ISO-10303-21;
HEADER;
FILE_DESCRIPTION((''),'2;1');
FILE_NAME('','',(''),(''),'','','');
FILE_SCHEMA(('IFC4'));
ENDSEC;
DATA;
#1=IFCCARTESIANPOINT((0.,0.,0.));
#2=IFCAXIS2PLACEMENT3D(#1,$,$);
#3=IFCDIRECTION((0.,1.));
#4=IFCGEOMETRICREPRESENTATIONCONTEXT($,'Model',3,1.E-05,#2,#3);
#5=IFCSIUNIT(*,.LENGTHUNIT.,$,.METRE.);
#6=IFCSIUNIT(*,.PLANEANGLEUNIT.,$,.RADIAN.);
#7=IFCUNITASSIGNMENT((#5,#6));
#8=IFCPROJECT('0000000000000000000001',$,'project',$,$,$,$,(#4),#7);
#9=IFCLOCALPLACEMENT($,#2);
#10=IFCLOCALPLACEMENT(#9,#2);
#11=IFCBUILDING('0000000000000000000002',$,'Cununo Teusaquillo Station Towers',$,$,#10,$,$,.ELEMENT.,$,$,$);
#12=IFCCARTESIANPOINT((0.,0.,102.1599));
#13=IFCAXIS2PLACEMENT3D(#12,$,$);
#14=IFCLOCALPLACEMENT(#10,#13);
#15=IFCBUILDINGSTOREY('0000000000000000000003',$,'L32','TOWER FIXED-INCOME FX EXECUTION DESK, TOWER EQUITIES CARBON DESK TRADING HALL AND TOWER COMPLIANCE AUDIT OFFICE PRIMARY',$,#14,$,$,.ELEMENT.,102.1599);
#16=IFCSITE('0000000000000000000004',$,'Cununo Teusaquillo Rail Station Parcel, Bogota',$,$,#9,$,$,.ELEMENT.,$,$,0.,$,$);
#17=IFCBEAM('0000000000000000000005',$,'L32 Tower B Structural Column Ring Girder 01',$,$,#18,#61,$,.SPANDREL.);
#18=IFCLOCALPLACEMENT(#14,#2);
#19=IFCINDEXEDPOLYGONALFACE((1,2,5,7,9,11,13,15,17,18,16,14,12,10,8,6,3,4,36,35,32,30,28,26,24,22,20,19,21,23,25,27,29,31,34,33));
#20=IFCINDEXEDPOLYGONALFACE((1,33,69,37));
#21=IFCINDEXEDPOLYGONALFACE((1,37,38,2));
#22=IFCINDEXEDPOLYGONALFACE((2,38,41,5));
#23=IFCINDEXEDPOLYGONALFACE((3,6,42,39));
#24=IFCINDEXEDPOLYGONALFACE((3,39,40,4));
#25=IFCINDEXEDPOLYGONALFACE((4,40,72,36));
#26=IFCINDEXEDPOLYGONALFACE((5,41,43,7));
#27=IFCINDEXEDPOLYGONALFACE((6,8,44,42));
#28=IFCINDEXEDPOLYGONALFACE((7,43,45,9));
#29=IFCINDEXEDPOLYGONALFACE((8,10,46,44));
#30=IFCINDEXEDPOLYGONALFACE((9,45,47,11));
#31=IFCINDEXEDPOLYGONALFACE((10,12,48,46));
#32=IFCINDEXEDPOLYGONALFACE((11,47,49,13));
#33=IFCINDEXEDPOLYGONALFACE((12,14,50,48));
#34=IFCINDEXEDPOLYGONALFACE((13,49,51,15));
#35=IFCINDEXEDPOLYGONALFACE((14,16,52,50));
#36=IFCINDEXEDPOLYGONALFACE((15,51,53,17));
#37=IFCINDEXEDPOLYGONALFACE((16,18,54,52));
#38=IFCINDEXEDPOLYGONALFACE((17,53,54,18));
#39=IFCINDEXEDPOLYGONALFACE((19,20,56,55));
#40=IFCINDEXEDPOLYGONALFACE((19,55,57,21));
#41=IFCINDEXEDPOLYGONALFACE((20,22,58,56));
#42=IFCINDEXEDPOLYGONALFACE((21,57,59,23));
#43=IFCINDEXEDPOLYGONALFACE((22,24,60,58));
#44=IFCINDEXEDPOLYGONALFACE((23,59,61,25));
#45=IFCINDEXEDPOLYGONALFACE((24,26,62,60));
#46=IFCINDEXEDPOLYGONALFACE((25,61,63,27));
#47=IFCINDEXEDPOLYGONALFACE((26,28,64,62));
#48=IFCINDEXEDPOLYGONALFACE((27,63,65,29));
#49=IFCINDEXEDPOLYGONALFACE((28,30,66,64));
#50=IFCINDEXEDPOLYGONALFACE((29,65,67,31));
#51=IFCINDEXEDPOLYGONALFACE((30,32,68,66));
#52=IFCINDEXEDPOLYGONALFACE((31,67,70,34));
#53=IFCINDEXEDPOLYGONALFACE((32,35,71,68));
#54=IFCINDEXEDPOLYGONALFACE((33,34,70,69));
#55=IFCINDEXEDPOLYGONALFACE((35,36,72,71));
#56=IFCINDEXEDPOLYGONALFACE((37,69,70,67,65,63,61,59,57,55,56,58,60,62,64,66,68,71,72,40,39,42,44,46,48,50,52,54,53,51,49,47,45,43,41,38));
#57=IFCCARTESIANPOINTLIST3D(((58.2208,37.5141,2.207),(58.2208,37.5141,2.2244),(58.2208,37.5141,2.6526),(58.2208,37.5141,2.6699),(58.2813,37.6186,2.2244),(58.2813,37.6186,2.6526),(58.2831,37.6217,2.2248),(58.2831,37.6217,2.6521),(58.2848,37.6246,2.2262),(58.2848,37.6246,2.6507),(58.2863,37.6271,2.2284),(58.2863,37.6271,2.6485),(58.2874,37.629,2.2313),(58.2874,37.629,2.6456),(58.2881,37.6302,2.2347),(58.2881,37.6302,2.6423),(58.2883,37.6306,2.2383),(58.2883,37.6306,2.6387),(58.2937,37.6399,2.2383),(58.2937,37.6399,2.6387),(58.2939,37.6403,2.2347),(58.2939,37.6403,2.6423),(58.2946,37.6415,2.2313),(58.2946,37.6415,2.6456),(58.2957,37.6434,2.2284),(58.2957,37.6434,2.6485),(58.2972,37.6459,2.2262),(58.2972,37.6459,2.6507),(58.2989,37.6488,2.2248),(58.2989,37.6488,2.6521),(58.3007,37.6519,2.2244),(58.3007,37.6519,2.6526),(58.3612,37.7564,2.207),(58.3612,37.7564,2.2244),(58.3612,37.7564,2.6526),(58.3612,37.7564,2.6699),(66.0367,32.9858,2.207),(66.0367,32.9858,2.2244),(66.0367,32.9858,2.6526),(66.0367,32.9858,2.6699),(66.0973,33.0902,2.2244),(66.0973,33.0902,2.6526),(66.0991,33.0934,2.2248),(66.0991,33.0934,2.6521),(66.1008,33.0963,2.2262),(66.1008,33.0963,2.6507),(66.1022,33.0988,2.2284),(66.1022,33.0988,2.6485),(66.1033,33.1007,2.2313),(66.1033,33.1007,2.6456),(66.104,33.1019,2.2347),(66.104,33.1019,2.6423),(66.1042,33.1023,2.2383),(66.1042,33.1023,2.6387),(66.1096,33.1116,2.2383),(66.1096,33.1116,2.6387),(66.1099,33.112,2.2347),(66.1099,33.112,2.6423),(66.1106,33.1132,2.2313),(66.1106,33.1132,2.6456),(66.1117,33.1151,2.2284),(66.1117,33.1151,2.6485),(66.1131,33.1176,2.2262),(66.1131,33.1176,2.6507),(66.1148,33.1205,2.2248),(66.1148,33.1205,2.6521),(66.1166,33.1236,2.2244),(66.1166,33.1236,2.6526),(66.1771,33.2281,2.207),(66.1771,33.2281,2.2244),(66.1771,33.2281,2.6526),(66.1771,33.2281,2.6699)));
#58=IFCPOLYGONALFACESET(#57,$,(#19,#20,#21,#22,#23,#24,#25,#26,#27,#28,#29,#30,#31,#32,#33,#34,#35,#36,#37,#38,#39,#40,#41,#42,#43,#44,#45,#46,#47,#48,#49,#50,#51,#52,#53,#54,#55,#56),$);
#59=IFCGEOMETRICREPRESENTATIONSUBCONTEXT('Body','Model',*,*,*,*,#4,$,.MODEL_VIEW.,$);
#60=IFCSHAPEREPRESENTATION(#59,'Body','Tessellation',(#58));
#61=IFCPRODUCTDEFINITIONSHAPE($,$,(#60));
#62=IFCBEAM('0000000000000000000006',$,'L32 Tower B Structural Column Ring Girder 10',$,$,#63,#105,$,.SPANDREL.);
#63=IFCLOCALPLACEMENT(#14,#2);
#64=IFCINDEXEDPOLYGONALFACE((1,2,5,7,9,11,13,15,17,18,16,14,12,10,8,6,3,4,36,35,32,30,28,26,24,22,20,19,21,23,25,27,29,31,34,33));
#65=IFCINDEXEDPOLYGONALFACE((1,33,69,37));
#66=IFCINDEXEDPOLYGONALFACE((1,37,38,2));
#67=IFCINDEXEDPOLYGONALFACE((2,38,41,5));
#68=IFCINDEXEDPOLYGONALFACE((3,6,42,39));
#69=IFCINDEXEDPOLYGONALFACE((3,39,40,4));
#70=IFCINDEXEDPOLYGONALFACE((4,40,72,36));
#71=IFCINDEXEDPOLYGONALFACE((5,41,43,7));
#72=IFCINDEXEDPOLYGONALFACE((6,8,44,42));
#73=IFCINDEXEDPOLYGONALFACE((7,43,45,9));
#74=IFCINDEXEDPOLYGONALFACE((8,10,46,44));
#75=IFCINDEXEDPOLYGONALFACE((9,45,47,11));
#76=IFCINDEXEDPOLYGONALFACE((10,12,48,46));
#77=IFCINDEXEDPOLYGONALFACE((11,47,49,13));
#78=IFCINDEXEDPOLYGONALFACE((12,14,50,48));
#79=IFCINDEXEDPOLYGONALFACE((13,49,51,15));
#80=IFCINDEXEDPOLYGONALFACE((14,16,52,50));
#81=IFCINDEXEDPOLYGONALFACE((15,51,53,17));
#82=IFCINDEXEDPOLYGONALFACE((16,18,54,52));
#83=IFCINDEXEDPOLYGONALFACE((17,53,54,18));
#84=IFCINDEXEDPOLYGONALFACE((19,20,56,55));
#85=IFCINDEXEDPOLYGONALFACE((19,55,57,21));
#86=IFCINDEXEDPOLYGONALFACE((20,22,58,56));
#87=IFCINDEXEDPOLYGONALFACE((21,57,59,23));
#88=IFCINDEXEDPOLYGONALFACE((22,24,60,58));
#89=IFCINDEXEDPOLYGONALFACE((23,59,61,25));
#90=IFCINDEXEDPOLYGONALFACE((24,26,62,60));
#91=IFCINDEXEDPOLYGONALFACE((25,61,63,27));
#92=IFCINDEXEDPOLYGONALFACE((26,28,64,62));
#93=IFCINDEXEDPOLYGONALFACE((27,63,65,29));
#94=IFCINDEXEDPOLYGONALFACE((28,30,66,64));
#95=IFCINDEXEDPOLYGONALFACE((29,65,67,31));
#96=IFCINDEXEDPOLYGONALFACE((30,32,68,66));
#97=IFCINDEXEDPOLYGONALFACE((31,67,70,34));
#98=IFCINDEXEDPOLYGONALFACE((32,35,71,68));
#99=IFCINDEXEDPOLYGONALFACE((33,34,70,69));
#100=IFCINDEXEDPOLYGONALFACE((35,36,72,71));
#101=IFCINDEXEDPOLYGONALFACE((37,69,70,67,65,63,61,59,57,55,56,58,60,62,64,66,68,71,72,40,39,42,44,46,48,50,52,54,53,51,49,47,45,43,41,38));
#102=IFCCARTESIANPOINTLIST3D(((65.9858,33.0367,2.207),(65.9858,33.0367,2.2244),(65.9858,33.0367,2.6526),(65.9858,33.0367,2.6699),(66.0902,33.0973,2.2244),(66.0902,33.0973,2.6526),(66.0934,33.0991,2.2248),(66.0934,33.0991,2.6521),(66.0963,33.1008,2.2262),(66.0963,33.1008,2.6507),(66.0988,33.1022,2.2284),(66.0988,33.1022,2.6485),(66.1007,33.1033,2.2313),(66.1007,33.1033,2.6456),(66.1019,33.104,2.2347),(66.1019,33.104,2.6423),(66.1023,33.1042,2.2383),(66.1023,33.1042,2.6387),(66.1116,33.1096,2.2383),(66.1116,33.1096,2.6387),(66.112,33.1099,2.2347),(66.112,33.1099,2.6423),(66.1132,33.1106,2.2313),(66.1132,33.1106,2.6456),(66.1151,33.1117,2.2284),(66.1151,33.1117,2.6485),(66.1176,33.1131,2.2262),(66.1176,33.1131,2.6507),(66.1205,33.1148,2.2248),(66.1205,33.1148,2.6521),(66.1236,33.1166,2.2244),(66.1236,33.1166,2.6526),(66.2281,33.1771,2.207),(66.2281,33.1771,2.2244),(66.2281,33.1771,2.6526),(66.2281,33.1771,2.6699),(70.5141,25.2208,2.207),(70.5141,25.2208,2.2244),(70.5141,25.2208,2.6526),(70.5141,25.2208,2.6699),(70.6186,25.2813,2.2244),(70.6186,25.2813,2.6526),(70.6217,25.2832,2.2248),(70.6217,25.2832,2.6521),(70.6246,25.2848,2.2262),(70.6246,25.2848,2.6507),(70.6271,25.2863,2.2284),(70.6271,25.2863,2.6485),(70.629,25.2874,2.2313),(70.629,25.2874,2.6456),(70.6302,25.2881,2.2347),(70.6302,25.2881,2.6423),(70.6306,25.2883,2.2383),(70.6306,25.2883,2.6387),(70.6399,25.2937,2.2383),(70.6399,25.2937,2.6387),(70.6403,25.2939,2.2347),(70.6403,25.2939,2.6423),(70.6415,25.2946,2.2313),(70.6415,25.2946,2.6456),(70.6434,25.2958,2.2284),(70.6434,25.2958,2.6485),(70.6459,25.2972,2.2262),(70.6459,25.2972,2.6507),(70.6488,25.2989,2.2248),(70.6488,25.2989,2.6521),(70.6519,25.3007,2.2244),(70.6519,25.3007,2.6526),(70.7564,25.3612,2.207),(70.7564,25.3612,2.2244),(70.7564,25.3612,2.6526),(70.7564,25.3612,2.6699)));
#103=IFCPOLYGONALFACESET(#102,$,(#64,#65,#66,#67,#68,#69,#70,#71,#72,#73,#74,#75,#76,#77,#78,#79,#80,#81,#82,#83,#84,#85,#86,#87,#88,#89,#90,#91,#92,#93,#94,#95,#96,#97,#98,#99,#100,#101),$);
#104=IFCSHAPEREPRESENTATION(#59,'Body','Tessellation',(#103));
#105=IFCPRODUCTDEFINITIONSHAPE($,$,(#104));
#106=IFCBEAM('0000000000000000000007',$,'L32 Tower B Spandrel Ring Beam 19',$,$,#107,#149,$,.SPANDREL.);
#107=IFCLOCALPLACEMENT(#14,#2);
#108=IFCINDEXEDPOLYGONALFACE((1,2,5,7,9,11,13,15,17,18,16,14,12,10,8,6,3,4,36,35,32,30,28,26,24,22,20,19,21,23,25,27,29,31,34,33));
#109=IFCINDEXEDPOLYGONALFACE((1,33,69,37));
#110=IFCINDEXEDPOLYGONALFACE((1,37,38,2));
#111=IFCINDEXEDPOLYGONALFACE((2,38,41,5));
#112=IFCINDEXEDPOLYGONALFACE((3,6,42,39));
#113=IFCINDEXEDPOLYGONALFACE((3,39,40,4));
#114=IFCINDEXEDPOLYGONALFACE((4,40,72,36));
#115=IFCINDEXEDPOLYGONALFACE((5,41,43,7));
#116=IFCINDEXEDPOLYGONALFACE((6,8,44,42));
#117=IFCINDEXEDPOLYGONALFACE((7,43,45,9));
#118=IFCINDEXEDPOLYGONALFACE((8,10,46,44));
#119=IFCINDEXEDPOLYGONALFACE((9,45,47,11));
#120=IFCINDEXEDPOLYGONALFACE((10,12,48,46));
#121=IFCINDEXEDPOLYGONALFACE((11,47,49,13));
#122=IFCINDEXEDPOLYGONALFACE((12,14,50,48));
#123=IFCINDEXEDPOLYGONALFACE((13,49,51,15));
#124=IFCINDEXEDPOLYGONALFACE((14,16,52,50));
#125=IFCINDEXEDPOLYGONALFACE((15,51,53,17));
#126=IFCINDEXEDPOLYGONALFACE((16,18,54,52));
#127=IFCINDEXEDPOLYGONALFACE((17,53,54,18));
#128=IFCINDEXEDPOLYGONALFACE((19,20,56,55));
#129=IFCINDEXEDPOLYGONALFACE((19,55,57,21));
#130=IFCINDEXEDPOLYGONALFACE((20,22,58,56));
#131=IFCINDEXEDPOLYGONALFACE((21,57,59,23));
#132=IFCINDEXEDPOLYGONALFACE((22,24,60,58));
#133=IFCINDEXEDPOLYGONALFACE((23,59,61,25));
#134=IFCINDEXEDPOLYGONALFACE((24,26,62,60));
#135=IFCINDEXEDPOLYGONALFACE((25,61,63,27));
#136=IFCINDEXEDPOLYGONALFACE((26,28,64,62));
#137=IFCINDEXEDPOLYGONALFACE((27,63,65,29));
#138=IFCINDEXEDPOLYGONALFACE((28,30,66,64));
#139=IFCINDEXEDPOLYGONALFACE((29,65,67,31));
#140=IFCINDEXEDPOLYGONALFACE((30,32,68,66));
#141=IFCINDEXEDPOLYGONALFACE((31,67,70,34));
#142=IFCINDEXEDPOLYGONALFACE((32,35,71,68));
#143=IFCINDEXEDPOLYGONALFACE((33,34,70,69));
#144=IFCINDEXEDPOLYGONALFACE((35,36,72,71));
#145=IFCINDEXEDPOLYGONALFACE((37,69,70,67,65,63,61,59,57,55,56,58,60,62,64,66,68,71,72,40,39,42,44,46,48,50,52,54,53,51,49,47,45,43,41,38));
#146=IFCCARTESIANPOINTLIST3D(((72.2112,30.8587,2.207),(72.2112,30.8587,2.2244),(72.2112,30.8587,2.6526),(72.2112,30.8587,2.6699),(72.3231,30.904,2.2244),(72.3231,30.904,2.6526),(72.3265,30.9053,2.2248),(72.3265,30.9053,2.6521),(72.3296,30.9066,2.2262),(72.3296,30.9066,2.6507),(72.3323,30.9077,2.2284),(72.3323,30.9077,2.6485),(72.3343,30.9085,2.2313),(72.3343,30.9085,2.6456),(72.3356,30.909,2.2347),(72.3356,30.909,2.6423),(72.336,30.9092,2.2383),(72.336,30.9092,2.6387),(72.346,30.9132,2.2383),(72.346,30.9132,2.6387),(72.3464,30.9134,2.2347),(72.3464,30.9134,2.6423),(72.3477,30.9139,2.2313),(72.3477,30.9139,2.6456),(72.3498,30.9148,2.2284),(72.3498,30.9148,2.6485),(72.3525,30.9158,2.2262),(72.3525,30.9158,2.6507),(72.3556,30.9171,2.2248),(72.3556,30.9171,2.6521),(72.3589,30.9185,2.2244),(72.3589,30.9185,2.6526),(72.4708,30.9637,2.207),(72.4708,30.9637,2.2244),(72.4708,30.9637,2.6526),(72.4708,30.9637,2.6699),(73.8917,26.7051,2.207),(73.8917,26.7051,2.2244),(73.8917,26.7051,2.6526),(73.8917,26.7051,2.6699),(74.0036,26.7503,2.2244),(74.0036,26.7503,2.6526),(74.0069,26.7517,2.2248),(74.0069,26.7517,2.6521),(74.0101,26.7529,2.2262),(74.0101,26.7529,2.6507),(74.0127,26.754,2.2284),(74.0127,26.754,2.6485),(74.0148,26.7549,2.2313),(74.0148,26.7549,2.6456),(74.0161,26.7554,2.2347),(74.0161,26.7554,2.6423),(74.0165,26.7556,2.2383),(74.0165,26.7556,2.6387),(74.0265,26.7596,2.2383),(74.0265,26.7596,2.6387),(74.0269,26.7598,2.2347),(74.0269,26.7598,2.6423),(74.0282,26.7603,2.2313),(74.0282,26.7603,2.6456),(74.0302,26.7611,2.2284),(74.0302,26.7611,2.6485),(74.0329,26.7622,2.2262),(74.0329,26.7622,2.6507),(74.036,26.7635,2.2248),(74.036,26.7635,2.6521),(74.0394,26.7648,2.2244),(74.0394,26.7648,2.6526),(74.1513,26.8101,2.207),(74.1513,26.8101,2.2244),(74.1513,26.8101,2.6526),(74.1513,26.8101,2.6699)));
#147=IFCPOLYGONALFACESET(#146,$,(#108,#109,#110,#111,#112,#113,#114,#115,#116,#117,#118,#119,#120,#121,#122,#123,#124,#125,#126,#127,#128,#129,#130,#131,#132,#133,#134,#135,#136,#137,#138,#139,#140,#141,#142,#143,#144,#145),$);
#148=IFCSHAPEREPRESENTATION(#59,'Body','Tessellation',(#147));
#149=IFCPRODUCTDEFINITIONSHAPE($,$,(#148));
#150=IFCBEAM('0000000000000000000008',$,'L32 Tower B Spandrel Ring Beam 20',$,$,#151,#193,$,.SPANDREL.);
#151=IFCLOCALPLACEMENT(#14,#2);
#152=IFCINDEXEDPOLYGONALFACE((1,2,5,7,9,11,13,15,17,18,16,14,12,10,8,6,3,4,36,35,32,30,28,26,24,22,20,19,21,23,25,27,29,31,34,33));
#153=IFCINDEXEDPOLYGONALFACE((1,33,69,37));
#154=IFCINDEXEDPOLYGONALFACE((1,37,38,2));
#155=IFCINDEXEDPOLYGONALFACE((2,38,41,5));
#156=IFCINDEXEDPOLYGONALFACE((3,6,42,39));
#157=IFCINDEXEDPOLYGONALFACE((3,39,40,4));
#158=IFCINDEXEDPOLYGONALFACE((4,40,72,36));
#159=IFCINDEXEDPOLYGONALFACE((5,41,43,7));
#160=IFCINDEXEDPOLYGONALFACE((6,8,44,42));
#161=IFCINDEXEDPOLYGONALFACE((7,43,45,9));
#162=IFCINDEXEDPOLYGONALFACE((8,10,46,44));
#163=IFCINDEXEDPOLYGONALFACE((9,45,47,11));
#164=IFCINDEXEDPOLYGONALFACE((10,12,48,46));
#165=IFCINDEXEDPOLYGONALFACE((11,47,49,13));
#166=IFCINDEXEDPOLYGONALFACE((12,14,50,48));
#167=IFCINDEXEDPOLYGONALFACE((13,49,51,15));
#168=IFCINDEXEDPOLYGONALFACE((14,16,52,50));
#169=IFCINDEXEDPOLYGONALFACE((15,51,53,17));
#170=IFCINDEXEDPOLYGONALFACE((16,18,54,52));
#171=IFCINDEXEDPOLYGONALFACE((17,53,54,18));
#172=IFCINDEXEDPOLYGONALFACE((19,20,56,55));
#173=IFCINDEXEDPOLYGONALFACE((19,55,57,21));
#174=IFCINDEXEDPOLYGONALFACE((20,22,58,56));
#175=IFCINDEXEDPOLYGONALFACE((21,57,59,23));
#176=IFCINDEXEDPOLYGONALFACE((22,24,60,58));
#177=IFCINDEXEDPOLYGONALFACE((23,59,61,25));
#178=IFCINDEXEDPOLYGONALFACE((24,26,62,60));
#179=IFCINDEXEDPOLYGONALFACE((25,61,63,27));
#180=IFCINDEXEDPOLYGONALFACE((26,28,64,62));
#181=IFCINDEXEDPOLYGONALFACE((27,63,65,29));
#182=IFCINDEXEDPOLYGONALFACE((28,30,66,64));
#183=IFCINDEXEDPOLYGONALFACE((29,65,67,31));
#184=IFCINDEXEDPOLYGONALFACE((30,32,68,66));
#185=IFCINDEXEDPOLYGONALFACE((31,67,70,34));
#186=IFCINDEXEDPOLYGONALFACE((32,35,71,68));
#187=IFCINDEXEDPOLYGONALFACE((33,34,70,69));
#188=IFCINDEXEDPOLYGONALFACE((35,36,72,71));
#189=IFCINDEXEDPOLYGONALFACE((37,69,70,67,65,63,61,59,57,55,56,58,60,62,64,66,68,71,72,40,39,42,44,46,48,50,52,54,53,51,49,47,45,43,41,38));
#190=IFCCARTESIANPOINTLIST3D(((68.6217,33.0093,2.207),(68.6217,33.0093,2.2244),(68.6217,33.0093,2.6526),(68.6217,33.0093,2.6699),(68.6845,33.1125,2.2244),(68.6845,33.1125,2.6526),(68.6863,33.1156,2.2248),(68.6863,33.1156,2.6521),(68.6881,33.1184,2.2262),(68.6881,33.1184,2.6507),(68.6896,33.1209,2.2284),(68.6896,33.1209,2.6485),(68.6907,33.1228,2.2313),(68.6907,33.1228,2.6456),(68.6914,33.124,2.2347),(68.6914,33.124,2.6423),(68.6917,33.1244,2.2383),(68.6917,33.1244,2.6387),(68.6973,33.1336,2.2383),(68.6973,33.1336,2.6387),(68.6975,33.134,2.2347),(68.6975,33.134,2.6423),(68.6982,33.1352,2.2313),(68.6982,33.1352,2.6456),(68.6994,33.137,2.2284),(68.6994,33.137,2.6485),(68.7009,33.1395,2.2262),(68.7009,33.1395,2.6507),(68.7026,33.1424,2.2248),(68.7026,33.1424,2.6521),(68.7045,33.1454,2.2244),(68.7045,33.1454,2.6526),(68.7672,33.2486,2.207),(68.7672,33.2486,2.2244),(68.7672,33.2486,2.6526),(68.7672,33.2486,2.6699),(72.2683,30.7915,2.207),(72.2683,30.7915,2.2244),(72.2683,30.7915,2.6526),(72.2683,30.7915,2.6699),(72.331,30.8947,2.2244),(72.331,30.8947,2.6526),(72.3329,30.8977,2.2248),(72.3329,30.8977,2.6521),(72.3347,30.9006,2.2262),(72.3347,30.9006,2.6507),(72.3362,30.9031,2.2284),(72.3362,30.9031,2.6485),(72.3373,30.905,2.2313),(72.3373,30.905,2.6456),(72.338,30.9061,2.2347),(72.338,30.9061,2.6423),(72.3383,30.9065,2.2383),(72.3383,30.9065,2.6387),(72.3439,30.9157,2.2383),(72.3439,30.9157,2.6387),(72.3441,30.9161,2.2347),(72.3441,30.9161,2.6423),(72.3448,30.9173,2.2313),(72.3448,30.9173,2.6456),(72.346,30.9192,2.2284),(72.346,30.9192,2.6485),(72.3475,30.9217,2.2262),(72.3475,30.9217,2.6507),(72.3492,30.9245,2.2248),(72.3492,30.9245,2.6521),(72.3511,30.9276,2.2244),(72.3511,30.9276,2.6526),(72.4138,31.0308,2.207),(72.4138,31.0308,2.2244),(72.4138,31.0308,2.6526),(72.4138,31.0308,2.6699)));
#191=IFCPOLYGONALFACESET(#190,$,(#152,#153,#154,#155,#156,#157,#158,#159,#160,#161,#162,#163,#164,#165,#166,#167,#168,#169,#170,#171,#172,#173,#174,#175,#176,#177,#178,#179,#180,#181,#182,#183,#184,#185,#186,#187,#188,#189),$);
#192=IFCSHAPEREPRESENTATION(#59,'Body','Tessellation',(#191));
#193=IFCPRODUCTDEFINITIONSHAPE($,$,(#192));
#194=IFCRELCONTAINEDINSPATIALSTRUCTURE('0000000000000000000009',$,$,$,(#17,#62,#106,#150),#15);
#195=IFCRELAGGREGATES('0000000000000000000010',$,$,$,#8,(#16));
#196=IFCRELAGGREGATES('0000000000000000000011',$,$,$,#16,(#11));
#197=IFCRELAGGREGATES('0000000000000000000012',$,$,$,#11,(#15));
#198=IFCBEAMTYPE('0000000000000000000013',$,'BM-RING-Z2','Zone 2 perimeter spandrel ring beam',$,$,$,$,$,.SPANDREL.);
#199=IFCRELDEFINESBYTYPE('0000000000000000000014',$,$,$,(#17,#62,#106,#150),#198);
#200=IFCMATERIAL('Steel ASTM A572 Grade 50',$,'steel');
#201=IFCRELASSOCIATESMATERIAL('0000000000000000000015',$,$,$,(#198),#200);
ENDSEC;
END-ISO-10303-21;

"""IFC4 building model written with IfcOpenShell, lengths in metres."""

from ifc_helpers import new_model, si_unit, direction, frame, origin, origin_2d, place, context, subcontext, project, spatial, i_section, extrude, material, material_profile, profile_set, type_object, element, save


model = new_model("IFC4")

# Units and contexts
model_context = context("Model", 3, precision=1e-05, world=origin(), true_north=direction((0.0, 1.0)))
body_context = subcontext(model_context, "Body", "Model", "MODEL_VIEW")
ifc_project = project(units=[si_unit("LENGTHUNIT", "METRE"), si_unit("PLANEANGLEUNIT", "RADIAN")], contexts=[model_context])

# Site, building, storey
site_placement = place(None, origin())
site = spatial("IfcSite", under=ifc_project, at=site_placement, Name="Cununo Teusaquillo Rail Station Parcel, Bogota", CompositionType="ELEMENT", RefElevation=0.0)
building_placement = place(site_placement, origin())
building = spatial("IfcBuilding", under=site, at=building_placement, Name="Cununo Teusaquillo Station Towers", CompositionType="ELEMENT")
storey_placement = place(building_placement, frame((0.0, 0.0, 102.1599)))
storey = spatial("IfcBuildingStorey", under=building, at=storey_placement, Name="L32", Description="TOWER FIXED-INCOME FX EXECUTION DESK, TOWER EQUITIES CARBON DESK TRADING HALL AND TOWER COMPLIANCE AUDIT OFFICE PRIMARY", CompositionType="ELEMENT", Elevation=102.1599)

# Beams
ifc_material_1 = material(Name="Steel ASTM A572 Grade 50", Category="steel")
ifc_material_profile_1 = material_profile(ifc_material_1, i_section(OverallWidth=0.28, OverallDepth=0.4629, WebThickness=0.0107, FlangeThickness=0.0173, FilletRadius=0.0139, at=origin_2d()), Name="W18X76")
ifc_profile_set_1 = profile_set([ifc_material_profile_1], Name="Steel ASTM A572 Grade 50")
beam_type_1 = type_object("IfcBeamType", Name="BM-RING-Z2", Description="Zone 2 perimeter spandrel ring beam", PredefinedType="SPANDREL", material=ifc_profile_set_1)
for number, where, z_axis, x_axis, name in (
    (1, (66.1069, 33.1069, 2.4385), (-0.865267, 0.501311, 0.0), (-0.501311, -0.865267, 0.0), "L32 Tower B Structural Column Ring Girder 01"),
    (2, (70.6353, 25.291, 2.4385), (-0.501311, 0.865267, 0.0), (-0.865267, -0.501311, 0.0), "L32 Tower B Structural Column Ring Girder 10"),
):
    element("IfcBeam", number, at=place(storey_placement, frame(where, z_axis=z_axis, x_axis=x_axis)), inside=storey, type_object=beam_type_1, Name=name, PredefinedType="SPANDREL", context=body_context, shape_type="SweptSolid", body=[
        extrude(i_section(OverallWidth=0.28, OverallDepth=0.4629, WebThickness=0.0107, FlangeThickness=0.0173, FilletRadius=0.0139, at=origin_2d()), origin(), (0.0, 0.0, 1.0), 9.033),
    ])
beam_1_placement = place(storey_placement, frame((74.0215, 26.7576, 2.4385), z_axis=(-0.375042, 0.927008, 0.0), x_axis=(-0.927008, -0.375042, 0.0)))
element("IfcBeam", 3, at=beam_1_placement, inside=storey, type_object=beam_type_1, Name="L32 Tower B Spandrel Ring Beam 19", PredefinedType="SPANDREL", context=body_context, shape_type="SweptSolid", body=[
    extrude(i_section(OverallWidth=0.28, OverallDepth=0.4629, WebThickness=0.0107, FlangeThickness=0.0173, FilletRadius=0.0139, at=origin_2d()), origin(), (0.0, 0.0, 1.0), 4.4807),
])
beam_2_placement = place(storey_placement, frame((72.3411, 30.9111, 2.4385), z_axis=(-0.854388, 0.519635, 0.0), x_axis=(-0.519635, -0.854388, 0.0)))
element("IfcBeam", 4, at=beam_2_placement, inside=storey, type_object=beam_type_1, Name="L32 Tower B Spandrel Ring Beam 20", PredefinedType="SPANDREL", context=body_context, shape_type="SweptSolid", body=[
    extrude(i_section(OverallWidth=0.28, OverallDepth=0.4629, WebThickness=0.0107, FlangeThickness=0.0173, FilletRadius=0.0139, at=origin_2d()), origin(), (0.0, 0.0, 1.0), 4.2681),
])

save(model, "model.ifc")
